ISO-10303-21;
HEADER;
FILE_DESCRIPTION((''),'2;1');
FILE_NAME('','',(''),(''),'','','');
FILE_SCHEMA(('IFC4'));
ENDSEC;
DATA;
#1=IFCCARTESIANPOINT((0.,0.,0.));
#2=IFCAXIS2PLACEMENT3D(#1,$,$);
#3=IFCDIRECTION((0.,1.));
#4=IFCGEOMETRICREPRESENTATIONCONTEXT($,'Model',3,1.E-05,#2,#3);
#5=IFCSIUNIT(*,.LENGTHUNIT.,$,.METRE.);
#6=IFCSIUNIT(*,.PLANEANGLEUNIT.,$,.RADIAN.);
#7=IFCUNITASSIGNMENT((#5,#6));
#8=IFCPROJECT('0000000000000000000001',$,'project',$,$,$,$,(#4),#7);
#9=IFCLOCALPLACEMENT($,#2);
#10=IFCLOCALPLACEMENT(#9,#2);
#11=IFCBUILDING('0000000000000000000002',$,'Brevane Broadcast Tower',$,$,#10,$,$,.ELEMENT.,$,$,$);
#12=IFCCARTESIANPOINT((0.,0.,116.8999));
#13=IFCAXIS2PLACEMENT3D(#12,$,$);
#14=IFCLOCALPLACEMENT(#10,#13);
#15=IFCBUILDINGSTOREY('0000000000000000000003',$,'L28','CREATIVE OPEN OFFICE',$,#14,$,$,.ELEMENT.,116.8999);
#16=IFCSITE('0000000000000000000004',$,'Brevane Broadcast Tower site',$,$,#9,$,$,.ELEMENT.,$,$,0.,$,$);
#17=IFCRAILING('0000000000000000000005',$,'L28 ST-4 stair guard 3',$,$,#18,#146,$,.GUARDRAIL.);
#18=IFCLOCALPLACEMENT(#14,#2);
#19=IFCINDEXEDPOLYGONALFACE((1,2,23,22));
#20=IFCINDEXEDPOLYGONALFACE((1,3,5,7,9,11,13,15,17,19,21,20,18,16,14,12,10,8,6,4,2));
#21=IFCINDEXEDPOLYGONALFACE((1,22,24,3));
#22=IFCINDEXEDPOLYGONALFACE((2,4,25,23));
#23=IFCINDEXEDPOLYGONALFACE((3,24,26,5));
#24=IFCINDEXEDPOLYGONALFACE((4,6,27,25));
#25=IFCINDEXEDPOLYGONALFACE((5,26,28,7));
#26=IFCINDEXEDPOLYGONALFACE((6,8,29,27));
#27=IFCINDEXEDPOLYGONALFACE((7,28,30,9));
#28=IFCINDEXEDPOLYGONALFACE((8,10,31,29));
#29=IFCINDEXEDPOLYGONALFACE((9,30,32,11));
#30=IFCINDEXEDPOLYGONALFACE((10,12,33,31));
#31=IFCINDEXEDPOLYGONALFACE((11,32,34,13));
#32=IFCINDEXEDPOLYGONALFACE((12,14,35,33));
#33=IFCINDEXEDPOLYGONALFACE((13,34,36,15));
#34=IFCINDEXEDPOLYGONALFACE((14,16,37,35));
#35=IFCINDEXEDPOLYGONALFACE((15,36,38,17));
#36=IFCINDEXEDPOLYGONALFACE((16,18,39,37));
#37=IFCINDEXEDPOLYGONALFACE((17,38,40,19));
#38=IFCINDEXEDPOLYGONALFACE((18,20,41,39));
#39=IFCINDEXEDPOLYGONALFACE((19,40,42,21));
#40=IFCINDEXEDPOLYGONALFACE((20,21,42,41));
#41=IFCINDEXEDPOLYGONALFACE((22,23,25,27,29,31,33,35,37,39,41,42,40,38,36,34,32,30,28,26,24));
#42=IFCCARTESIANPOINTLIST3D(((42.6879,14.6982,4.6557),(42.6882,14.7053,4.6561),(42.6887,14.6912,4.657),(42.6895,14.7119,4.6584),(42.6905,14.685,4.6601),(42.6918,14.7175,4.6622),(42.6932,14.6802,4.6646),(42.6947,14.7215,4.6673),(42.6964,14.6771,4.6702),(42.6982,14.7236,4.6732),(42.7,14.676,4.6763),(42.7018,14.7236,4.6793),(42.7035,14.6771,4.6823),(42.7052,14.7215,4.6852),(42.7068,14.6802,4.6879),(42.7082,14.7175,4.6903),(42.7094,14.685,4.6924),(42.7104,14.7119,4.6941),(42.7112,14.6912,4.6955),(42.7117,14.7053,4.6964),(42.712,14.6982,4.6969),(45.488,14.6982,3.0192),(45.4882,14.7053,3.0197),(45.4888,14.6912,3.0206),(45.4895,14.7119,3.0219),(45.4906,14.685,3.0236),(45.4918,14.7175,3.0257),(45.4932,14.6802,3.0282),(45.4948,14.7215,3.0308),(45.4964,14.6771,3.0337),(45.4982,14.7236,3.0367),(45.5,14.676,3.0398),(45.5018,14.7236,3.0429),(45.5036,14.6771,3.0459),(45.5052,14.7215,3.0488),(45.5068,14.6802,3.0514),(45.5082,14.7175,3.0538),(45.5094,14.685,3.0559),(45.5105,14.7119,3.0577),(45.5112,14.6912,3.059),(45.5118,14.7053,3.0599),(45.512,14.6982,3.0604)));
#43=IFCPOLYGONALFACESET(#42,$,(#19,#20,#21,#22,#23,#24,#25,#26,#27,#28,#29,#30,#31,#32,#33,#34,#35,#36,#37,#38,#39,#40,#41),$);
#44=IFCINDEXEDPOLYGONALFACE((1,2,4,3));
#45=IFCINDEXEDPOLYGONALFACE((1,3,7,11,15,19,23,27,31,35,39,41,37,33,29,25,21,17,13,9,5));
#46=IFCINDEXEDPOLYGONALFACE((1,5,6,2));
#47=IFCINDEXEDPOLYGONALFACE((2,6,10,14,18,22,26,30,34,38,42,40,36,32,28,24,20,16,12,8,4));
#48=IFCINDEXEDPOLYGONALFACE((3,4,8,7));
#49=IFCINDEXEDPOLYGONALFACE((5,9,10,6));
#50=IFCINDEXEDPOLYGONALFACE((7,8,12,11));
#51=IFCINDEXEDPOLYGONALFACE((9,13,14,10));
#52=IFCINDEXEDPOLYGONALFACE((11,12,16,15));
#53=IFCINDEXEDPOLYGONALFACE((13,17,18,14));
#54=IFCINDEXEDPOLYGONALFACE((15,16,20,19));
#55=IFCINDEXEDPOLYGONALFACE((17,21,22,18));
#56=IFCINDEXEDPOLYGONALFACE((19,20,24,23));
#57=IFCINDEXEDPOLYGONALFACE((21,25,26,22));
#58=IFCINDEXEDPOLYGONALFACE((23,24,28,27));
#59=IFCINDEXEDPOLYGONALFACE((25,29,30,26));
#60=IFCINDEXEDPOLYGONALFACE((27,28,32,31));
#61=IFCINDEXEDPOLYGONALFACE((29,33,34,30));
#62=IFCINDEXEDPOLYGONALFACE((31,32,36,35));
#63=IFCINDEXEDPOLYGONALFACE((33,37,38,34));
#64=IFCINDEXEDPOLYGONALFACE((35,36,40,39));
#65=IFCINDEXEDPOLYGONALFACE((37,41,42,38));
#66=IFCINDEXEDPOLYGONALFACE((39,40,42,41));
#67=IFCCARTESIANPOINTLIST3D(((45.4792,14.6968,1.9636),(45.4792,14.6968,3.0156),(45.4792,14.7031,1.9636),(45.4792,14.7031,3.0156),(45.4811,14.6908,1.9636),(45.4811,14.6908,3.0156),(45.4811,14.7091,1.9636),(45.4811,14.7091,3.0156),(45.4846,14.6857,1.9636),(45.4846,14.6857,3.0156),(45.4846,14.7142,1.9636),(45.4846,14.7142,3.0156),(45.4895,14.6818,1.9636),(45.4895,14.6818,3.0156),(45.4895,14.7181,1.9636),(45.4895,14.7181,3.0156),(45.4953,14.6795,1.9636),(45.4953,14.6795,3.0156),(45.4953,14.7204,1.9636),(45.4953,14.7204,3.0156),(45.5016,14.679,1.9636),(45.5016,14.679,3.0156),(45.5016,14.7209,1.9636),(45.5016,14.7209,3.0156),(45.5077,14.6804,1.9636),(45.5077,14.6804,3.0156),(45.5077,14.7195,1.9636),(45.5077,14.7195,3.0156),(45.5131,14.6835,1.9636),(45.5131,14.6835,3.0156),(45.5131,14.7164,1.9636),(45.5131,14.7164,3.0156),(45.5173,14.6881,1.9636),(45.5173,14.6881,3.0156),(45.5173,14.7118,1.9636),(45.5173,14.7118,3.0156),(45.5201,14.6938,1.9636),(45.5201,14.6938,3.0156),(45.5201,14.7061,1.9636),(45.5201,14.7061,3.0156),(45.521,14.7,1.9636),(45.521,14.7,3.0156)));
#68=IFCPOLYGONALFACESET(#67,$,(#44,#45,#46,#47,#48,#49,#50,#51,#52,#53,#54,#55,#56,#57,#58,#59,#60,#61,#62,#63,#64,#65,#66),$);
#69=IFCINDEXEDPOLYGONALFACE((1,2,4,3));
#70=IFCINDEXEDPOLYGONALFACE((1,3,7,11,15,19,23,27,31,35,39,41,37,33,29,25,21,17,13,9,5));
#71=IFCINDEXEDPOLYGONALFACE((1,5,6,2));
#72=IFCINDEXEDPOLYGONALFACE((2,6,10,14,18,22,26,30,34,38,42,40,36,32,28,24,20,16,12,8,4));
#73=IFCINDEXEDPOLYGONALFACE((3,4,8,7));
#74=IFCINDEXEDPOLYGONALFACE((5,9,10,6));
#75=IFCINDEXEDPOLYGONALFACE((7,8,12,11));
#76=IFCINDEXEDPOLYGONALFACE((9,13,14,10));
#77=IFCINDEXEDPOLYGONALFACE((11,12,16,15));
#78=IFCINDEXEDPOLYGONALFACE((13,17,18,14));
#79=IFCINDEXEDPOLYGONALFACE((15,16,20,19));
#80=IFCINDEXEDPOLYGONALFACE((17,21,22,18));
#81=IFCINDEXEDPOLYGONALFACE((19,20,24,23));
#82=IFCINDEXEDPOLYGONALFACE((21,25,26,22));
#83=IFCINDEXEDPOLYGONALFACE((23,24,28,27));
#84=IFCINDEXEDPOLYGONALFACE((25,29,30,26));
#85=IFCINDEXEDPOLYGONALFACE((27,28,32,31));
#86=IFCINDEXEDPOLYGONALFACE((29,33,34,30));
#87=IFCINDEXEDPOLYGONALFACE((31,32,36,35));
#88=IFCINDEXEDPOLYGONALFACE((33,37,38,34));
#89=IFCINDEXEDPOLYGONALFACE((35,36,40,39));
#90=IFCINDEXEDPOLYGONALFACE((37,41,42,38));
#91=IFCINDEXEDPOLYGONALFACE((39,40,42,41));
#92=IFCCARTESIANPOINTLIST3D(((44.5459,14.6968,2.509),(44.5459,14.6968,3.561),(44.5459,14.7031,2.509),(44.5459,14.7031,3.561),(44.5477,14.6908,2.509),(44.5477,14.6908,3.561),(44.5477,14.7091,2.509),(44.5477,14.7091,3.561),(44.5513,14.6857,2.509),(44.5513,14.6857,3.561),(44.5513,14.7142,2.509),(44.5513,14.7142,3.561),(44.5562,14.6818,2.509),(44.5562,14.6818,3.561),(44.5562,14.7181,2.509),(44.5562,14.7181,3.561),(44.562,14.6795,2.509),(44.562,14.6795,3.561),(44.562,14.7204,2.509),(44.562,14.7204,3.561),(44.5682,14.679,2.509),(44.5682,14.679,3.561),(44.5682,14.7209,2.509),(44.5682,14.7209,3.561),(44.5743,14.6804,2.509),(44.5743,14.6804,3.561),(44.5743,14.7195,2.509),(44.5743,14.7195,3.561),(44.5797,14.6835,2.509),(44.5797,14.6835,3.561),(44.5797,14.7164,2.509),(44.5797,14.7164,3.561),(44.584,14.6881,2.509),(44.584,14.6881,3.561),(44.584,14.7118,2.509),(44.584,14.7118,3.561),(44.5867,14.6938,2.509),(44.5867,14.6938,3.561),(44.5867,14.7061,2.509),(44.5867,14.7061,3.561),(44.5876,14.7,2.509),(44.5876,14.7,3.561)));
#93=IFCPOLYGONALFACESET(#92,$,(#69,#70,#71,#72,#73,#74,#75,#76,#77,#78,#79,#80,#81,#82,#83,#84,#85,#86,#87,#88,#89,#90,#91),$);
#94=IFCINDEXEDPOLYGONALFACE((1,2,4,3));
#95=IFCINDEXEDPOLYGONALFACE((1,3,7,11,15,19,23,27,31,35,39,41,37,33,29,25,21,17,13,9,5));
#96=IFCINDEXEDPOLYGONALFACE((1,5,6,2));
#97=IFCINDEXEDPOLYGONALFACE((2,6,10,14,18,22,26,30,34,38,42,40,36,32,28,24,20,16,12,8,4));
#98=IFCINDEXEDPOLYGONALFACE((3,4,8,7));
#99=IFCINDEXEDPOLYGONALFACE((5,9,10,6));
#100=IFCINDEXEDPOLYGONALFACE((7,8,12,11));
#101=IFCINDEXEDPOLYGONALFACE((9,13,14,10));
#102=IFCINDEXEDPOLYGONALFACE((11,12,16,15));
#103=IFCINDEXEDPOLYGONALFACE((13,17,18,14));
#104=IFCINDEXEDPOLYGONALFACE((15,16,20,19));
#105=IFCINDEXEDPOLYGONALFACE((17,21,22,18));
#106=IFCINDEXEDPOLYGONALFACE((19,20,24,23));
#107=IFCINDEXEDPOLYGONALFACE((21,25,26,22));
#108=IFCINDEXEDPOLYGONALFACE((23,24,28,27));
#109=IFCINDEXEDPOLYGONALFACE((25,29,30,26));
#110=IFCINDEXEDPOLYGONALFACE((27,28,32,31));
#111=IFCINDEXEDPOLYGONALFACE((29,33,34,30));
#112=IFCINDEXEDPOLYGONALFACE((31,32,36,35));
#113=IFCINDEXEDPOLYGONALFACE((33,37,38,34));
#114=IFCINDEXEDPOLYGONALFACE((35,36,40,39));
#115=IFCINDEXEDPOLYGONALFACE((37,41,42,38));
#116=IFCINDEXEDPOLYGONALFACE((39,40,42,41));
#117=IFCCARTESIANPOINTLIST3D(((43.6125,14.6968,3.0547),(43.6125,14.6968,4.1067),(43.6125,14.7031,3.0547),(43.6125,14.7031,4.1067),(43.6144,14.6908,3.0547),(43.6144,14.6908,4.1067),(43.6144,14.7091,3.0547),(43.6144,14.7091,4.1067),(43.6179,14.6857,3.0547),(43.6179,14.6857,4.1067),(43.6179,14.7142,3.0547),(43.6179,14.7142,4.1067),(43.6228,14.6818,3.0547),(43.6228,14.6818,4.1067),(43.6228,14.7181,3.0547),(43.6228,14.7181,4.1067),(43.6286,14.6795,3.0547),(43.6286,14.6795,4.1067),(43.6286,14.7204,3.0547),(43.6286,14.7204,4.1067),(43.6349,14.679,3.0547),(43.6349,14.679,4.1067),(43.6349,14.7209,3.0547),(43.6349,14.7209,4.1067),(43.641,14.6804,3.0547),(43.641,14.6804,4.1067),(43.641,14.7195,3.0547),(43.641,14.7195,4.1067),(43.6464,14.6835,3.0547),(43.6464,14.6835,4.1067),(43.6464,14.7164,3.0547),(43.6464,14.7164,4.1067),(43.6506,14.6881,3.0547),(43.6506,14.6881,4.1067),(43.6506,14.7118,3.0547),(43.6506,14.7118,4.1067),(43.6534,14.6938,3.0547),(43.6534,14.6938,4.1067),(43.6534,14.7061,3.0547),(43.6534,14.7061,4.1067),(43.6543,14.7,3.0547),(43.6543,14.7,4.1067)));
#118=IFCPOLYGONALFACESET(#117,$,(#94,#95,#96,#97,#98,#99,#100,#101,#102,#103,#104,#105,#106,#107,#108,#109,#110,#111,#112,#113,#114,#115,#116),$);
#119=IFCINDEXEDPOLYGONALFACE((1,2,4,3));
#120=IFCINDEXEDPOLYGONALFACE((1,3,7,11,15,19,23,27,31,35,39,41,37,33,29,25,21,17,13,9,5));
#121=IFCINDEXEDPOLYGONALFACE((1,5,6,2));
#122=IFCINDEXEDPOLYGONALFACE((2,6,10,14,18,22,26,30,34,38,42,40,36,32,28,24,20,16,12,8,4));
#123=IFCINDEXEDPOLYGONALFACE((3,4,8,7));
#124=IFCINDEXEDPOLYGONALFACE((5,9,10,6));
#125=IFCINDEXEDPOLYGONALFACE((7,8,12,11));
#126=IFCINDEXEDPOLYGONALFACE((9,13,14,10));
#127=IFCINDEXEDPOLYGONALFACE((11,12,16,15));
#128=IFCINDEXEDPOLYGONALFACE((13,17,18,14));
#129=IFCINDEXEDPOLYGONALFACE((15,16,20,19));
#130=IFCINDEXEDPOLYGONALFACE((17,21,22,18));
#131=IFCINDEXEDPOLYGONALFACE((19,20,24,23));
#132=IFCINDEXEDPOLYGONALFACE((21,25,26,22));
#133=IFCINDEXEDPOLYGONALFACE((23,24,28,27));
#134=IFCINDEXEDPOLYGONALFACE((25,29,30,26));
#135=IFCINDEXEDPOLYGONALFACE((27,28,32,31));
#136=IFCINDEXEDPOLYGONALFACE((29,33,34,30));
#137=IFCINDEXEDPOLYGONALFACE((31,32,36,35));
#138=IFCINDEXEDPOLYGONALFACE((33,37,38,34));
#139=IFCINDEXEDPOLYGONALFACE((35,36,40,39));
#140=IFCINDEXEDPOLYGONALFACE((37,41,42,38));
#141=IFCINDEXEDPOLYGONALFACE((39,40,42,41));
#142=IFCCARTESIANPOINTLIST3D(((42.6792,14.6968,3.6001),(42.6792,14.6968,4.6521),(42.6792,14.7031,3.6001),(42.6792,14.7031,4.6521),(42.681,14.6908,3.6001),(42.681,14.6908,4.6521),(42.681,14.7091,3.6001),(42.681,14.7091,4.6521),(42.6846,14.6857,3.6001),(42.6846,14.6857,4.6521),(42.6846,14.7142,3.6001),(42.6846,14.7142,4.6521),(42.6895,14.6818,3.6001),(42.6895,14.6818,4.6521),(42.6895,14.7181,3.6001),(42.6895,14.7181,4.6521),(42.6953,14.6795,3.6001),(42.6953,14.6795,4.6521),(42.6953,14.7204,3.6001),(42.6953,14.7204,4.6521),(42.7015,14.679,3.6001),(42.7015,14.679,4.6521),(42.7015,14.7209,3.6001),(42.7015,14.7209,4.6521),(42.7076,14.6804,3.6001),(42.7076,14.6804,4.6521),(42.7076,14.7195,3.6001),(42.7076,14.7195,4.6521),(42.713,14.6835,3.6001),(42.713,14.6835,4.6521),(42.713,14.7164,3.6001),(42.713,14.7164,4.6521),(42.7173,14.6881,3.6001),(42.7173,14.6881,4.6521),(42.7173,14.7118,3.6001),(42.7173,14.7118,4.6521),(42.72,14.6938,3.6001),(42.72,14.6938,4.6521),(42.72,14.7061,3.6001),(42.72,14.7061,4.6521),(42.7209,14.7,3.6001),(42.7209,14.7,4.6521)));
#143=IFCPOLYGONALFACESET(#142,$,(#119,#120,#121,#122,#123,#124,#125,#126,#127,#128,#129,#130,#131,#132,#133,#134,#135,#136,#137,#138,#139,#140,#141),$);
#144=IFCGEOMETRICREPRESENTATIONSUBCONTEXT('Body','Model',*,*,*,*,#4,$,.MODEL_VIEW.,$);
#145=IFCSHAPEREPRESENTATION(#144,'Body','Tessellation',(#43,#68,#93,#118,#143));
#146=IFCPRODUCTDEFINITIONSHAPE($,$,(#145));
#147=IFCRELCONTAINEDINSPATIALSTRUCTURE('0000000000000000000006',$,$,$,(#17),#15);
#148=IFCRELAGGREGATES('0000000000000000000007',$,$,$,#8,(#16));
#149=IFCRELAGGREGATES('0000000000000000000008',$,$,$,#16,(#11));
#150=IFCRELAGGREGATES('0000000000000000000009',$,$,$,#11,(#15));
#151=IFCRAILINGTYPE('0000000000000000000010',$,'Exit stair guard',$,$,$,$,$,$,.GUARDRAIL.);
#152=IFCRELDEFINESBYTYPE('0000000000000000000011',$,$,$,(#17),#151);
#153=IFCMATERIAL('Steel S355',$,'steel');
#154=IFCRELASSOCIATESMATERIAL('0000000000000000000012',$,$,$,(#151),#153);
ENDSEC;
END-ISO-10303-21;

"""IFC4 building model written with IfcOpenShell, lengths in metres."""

from ifc_helpers import new_model, si_unit, direction, frame, origin, origin_2d, place, context, subcontext, project, spatial, circle, extrude, material, type_object, element, save


model = new_model("IFC4")

# Units and contexts
model_context = context("Model", 3, precision=1e-05, world=origin(), true_north=direction((0.0, 1.0)))
body_context = subcontext(model_context, "Body", "Model", "MODEL_VIEW")
ifc_project = project(units=[si_unit("LENGTHUNIT", "METRE"), si_unit("PLANEANGLEUNIT", "RADIAN")], contexts=[model_context])

# Site, building, storey
site_placement = place(None, origin())
site = spatial("IfcSite", under=ifc_project, at=site_placement, Name="Brevane Broadcast Tower site", CompositionType="ELEMENT", RefElevation=0.0)
building_placement = place(site_placement, origin())
building = spatial("IfcBuilding", under=site, at=building_placement, Name="Brevane Broadcast Tower", CompositionType="ELEMENT")
storey_placement = place(building_placement, frame((0.0, 0.0, 116.8999)))
storey = spatial("IfcBuildingStorey", under=building, at=storey_placement, Name="L28", Description="CREATIVE OPEN OFFICE", CompositionType="ELEMENT", Elevation=116.8999)

# Railing
ifc_material_1 = material(Name="Steel S355", Category="steel")
railing_type_1 = type_object("IfcRailingType", Name="Exit stair guard", PredefinedType="GUARDRAIL", material=ifc_material_1)
railing_1_placement = place(storey_placement, frame((45.5, 14.7, 1.9636)))
element("IfcRailing", 1, at=railing_1_placement, inside=storey, type_object=railing_type_1, Name="L28 ST-4 stair guard 3", PredefinedType="GUARDRAIL", context=body_context, shape_type="SweptSolid", body=[
    extrude(circle(Radius=0.0239, at=origin_2d()), frame((0.0, 0.0, 1.0762), z_axis=(-0.863361, 0.0, 0.504587), x_axis=(0.0, -1.0, 0.0)), (0.0, 0.0, 1.0), 3.2432),
    extrude(circle(Radius=0.021, at=origin_2d()), origin(), (0.0, 0.0, 1.0), 1.052),
    extrude(circle(Radius=0.021, at=origin_2d()), frame((-0.9333, 0.0, 0.5454)), (0.0, 0.0, 1.0), 1.052),
    extrude(circle(Radius=0.021, at=origin_2d()), frame((-1.8667, 0.0, 1.0911)), (0.0, 0.0, 1.0), 1.052),
    extrude(circle(Radius=0.021, at=origin_2d()), frame((-2.8, 0.0, 1.6365)), (0.0, 0.0, 1.0), 1.052),
])

save(model, "model.ifc")
